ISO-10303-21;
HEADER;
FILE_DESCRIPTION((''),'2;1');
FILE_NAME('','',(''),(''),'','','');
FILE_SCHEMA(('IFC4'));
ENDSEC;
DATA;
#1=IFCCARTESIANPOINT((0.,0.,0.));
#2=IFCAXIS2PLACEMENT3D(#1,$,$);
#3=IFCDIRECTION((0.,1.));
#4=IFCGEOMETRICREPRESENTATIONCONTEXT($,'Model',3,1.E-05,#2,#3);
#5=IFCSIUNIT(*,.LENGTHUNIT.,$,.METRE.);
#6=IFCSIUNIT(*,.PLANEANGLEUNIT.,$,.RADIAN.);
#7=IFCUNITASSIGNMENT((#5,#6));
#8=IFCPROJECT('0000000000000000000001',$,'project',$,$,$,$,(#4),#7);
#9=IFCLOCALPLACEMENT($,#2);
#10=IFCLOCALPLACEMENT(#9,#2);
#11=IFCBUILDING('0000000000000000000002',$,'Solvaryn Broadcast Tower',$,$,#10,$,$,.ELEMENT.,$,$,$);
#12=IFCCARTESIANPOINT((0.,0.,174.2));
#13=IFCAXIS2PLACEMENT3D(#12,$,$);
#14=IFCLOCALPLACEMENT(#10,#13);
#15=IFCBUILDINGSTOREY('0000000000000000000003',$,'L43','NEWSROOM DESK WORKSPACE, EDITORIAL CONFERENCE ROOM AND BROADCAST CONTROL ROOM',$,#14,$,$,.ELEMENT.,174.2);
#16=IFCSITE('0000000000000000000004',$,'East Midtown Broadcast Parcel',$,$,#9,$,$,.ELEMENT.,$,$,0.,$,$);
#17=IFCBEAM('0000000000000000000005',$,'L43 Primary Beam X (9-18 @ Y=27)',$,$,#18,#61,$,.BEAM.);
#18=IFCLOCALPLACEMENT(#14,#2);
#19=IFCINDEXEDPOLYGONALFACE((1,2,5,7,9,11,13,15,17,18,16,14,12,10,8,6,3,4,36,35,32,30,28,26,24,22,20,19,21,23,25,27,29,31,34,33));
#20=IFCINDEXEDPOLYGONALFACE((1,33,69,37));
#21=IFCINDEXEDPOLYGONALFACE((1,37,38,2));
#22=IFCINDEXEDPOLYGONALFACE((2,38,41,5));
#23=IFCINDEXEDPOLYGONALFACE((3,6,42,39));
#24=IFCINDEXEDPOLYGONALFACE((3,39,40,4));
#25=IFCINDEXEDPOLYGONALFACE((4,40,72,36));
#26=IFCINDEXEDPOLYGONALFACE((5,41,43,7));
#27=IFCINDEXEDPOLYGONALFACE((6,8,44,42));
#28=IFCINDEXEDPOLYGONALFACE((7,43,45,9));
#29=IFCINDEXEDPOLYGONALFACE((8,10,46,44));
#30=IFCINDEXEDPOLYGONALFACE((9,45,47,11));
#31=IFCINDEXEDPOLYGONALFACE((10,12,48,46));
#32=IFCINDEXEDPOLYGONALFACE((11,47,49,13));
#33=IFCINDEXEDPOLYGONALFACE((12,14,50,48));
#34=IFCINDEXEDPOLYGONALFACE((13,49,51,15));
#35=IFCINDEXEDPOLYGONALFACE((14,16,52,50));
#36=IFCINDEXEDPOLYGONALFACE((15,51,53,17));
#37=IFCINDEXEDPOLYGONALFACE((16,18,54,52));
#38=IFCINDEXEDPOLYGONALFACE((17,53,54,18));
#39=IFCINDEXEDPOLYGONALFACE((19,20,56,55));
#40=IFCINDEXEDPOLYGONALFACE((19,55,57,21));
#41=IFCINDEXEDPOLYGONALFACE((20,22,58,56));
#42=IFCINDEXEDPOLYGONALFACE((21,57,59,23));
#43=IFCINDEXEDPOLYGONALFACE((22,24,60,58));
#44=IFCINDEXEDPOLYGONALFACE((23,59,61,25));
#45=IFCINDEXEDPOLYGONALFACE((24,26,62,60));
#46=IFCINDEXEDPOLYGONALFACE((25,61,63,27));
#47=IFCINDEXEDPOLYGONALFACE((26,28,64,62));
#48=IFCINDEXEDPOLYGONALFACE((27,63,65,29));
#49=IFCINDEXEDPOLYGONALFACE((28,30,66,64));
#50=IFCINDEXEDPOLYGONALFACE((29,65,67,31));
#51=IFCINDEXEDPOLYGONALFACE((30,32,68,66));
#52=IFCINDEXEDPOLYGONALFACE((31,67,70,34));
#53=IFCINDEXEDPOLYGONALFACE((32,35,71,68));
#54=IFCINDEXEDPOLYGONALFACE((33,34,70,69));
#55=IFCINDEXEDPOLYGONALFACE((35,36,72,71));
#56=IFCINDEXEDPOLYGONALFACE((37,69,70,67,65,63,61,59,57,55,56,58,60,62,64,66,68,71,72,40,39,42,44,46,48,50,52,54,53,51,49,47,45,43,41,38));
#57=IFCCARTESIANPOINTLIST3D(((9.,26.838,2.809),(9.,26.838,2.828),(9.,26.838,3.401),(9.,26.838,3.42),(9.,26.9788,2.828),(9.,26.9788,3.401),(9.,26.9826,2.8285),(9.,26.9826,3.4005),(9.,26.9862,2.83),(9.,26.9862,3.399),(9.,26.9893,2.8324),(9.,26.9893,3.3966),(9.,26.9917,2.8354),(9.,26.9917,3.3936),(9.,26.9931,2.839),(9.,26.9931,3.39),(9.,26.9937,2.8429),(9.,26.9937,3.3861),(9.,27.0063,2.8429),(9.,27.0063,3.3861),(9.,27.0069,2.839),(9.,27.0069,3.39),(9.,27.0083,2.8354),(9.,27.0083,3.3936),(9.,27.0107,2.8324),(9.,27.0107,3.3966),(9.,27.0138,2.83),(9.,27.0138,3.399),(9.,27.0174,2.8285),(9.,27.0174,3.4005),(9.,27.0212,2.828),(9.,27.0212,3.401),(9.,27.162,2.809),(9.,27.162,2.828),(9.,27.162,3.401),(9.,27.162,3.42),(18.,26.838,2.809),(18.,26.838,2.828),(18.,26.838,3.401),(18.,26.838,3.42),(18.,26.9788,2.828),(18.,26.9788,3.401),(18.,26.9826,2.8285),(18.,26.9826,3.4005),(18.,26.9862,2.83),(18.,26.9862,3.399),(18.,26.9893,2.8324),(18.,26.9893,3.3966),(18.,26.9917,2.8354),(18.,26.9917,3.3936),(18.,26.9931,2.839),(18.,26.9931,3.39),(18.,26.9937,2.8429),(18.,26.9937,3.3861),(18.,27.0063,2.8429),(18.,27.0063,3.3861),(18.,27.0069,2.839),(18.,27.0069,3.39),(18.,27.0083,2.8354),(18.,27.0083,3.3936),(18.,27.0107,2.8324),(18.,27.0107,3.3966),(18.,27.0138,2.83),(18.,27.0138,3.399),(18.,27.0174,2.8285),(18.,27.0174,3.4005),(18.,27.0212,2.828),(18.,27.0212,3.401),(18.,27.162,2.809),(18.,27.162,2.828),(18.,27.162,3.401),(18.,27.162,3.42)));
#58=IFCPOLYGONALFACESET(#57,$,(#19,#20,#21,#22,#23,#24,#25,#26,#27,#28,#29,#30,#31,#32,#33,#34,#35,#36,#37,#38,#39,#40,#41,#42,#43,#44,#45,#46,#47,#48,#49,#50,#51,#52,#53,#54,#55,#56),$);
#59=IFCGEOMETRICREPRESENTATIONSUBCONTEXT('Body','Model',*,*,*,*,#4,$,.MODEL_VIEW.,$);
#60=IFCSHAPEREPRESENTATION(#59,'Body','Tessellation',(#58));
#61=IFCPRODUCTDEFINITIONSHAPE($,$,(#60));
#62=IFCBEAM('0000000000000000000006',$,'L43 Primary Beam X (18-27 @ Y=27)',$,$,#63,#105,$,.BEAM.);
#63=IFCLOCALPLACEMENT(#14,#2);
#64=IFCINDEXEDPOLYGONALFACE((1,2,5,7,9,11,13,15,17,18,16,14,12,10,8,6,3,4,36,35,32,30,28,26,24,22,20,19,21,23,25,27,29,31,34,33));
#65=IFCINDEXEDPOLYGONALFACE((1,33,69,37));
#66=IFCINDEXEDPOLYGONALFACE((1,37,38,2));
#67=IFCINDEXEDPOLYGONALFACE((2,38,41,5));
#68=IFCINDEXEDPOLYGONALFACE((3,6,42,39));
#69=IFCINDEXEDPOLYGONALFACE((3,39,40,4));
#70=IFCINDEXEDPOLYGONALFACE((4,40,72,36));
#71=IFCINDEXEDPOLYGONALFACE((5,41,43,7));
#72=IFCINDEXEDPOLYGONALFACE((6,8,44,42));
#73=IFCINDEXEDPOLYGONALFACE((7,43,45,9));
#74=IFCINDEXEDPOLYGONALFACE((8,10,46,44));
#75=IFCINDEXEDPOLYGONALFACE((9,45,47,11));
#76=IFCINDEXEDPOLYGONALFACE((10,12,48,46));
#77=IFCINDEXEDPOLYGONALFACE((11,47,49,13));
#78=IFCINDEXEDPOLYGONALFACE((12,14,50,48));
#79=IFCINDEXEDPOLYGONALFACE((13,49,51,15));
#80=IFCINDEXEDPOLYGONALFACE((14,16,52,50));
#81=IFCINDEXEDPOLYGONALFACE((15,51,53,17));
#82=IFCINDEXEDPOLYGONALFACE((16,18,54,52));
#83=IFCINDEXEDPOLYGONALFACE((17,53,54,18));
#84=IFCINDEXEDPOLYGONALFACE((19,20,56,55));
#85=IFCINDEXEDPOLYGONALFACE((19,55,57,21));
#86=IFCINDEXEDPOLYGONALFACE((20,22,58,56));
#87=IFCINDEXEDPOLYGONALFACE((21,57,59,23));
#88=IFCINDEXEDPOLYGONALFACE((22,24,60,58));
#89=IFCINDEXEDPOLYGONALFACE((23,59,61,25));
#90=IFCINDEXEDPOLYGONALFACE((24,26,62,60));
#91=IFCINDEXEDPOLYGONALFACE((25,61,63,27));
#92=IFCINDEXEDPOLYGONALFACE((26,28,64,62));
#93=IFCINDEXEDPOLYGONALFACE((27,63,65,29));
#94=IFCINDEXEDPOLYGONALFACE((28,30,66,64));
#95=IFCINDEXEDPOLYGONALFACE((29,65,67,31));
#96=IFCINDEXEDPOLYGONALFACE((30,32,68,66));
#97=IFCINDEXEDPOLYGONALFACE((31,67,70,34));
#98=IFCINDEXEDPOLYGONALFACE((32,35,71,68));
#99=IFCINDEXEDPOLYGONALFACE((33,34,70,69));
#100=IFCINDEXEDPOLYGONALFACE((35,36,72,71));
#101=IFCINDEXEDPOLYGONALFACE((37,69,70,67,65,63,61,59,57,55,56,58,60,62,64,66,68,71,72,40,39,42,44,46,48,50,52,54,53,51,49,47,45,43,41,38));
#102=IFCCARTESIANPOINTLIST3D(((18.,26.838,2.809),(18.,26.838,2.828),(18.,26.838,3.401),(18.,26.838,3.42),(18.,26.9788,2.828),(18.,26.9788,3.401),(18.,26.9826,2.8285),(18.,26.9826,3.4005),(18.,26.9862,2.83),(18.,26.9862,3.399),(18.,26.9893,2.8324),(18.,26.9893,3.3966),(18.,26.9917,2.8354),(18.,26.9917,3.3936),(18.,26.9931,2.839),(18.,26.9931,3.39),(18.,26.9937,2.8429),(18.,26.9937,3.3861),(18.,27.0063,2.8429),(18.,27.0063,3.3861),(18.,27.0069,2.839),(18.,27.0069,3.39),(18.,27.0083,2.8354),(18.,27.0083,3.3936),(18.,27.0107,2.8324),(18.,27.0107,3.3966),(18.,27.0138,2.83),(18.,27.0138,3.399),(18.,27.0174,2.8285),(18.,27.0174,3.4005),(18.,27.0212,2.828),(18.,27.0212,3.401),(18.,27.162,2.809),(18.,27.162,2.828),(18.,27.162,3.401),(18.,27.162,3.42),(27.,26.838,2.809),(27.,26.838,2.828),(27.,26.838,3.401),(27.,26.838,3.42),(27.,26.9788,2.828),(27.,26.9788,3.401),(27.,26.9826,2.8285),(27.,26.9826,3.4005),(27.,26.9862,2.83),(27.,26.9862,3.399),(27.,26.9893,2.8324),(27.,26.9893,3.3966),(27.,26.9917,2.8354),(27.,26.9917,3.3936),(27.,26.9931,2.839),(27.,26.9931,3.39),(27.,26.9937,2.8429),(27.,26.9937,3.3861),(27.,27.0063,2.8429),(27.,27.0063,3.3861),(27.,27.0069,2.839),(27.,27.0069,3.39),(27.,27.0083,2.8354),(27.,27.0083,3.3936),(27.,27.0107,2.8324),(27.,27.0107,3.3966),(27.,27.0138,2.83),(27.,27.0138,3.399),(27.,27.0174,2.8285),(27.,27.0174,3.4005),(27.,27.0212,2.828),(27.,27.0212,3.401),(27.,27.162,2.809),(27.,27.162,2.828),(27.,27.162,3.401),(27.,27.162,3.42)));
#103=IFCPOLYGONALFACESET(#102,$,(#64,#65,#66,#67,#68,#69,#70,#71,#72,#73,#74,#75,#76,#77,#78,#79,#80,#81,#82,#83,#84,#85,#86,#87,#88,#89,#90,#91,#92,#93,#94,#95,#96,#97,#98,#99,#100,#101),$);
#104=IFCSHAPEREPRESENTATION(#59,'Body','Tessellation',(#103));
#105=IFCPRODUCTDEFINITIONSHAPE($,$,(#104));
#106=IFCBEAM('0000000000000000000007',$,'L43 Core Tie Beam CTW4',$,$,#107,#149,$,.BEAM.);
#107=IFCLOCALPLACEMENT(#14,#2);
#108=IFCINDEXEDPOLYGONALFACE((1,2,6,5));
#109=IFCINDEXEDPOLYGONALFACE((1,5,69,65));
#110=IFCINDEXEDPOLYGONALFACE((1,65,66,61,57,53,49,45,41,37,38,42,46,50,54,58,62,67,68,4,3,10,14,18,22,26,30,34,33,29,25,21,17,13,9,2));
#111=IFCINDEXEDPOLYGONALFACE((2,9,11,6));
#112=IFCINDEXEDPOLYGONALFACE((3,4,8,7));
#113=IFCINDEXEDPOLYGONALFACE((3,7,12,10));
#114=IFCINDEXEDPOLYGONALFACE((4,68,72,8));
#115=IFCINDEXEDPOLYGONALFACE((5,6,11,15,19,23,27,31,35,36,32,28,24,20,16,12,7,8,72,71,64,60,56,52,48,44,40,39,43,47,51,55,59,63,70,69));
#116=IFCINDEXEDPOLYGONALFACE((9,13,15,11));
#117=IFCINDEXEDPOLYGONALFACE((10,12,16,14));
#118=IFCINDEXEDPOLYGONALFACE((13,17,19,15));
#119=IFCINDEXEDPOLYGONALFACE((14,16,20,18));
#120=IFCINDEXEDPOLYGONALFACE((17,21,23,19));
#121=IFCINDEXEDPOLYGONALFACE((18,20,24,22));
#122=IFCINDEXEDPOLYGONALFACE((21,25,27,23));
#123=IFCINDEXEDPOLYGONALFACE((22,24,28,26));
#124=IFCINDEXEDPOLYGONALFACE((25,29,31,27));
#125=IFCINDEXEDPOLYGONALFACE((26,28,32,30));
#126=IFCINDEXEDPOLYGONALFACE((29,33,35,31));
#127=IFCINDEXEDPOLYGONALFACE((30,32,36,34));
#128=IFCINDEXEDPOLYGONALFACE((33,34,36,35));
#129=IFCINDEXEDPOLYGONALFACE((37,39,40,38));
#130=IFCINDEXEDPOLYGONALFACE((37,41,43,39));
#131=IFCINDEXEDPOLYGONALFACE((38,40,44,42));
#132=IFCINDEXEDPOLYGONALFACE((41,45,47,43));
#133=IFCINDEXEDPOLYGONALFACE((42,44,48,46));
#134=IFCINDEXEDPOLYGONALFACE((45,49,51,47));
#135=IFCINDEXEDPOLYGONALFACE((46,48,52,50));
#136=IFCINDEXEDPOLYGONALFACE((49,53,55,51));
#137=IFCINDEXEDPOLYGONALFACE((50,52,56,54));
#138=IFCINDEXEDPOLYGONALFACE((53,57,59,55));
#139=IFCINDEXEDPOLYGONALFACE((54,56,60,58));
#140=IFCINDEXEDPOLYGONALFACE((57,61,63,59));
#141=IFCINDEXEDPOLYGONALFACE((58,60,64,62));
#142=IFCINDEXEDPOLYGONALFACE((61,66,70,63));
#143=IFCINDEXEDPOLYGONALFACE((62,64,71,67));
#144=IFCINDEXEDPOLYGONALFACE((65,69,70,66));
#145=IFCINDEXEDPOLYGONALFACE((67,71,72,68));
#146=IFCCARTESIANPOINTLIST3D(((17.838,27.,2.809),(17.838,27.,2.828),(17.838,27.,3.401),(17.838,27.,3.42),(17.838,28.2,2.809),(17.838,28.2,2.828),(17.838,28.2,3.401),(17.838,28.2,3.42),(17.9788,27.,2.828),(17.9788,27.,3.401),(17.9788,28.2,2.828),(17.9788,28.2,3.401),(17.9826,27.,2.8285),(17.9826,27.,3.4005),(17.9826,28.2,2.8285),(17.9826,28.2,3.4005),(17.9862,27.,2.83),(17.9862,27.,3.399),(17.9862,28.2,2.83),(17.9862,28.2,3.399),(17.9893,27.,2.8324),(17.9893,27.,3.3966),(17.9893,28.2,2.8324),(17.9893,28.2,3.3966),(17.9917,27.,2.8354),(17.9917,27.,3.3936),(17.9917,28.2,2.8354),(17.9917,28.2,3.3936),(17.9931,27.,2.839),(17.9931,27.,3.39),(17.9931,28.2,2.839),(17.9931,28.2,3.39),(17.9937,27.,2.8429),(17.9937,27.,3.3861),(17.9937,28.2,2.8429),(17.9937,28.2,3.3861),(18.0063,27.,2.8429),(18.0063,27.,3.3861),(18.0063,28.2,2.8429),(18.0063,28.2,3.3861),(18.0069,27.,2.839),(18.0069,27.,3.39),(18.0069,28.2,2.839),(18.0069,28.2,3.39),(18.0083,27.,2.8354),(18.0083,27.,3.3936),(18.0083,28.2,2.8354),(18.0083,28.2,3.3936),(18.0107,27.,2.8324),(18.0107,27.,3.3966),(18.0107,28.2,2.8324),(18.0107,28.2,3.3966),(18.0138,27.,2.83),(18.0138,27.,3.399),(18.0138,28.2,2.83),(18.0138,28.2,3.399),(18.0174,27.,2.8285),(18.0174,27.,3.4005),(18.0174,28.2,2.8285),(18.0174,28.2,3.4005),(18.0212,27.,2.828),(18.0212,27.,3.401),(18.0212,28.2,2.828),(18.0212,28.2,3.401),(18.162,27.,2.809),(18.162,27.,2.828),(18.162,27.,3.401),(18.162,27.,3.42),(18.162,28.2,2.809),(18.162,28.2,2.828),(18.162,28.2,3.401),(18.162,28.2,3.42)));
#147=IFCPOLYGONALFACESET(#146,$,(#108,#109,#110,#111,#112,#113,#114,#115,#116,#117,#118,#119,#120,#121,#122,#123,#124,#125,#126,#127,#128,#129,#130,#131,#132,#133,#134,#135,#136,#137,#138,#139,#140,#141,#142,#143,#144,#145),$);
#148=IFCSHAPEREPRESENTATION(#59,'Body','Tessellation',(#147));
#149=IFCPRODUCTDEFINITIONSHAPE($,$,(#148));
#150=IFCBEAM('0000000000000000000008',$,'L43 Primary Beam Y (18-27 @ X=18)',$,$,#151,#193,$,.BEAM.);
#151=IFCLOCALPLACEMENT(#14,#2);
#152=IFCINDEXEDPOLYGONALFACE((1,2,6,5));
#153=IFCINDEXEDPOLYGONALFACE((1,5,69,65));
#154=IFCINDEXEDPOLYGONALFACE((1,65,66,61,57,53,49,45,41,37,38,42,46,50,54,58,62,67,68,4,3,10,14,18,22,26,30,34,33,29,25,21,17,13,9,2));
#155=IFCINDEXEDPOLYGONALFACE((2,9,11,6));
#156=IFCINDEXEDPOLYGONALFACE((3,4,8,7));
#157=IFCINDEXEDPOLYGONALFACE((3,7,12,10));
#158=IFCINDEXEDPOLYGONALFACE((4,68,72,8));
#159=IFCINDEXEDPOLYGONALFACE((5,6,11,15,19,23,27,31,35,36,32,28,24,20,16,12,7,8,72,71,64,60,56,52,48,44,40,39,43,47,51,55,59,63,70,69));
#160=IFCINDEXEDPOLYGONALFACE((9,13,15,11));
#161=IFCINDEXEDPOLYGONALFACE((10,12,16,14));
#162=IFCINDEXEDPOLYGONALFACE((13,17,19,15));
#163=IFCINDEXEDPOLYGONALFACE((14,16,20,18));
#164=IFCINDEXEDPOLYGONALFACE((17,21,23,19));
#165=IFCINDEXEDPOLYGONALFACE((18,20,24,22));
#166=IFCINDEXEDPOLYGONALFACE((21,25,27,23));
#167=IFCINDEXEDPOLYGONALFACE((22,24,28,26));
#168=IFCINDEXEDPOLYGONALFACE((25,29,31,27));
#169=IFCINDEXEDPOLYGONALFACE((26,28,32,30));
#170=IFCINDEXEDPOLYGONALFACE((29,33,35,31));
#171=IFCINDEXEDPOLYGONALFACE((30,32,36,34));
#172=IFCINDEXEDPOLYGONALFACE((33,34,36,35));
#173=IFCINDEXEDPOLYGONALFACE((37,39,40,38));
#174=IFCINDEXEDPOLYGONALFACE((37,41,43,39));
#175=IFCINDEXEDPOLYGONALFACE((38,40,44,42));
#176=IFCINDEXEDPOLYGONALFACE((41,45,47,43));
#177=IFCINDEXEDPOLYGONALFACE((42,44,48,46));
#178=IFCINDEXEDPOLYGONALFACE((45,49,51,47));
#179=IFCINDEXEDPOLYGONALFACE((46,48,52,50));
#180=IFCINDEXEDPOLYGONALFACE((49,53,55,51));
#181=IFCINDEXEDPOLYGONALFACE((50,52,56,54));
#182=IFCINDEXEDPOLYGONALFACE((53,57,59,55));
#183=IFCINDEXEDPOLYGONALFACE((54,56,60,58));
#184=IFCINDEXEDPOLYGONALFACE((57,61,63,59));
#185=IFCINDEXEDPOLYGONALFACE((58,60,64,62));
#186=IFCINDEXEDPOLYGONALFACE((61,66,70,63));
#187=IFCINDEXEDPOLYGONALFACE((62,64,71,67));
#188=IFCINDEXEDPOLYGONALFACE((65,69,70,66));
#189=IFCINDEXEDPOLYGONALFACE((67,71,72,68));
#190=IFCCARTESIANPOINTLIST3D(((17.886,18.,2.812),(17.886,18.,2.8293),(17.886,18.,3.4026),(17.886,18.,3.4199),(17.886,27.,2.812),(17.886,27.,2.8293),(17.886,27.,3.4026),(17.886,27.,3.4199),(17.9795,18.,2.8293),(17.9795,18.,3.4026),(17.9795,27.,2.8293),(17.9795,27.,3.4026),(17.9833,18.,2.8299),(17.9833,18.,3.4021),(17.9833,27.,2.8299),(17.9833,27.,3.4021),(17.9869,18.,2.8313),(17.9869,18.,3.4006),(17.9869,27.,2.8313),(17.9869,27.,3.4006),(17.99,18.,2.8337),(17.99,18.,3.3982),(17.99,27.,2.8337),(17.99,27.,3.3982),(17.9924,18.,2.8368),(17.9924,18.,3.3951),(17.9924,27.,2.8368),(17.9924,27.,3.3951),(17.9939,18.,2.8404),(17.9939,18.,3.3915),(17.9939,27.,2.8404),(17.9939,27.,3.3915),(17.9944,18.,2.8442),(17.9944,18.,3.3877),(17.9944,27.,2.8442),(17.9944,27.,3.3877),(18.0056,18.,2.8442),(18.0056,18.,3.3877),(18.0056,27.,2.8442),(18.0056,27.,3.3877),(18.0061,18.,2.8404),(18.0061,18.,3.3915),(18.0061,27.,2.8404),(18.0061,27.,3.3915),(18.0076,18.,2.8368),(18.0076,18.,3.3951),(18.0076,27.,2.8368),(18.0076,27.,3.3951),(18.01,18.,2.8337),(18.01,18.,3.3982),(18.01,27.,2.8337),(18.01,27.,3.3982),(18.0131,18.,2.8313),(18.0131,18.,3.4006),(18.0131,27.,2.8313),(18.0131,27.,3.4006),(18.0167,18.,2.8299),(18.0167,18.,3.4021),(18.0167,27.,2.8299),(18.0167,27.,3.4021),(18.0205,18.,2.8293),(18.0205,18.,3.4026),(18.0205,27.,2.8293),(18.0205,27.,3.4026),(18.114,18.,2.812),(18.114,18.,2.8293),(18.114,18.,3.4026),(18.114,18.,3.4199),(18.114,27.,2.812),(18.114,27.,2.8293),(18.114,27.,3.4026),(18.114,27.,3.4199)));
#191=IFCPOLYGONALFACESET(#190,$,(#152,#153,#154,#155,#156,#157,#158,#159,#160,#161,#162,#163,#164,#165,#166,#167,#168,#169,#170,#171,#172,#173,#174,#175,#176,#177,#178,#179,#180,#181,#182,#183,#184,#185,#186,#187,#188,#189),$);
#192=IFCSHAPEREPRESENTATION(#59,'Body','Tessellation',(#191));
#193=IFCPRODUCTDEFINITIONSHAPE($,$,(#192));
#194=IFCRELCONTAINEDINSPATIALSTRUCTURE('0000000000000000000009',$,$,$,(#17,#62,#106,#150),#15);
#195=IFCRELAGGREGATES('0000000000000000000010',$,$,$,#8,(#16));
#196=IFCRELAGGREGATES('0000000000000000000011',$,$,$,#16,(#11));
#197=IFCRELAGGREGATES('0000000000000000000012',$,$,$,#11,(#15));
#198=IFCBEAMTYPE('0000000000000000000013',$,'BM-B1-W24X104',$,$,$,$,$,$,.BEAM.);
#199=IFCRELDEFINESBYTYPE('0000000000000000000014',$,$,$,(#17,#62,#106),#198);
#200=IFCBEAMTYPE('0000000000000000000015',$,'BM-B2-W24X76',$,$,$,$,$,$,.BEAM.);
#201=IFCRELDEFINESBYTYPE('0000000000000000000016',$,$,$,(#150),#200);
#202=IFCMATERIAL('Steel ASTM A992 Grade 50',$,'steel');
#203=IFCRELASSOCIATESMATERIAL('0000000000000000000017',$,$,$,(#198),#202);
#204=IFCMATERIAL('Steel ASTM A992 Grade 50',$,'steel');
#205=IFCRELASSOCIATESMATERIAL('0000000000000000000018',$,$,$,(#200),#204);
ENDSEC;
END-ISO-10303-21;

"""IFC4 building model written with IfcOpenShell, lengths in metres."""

from ifc_helpers import new_model, si_unit, direction, frame, origin, origin_2d, place, context, subcontext, project, spatial, i_section, extrude, material, material_profile, profile_set, type_object, element, save


model = new_model("IFC4")

# Units and contexts
model_context = context("Model", 3, precision=1e-05, world=origin(), true_north=direction((0.0, 1.0)))
body_context = subcontext(model_context, "Body", "Model", "MODEL_VIEW")
ifc_project = project(units=[si_unit("LENGTHUNIT", "METRE"), si_unit("PLANEANGLEUNIT", "RADIAN")], contexts=[model_context])

# Site, building, storey
site_placement = place(None, origin())
site = spatial("IfcSite", under=ifc_project, at=site_placement, Name="East Midtown Broadcast Parcel", CompositionType="ELEMENT", RefElevation=0.0)
building_placement = place(site_placement, origin())
building = spatial("IfcBuilding", under=site, at=building_placement, Name="Solvaryn Broadcast Tower", CompositionType="ELEMENT")
storey_placement = place(building_placement, frame((0.0, 0.0, 174.2)))
storey = spatial("IfcBuildingStorey", under=building, at=storey_placement, Name="L43", Description="NEWSROOM DESK WORKSPACE, EDITORIAL CONFERENCE ROOM AND BROADCAST CONTROL ROOM", CompositionType="ELEMENT", Elevation=174.2)

# Beams
ifc_material_1 = material(Name="Steel ASTM A992 Grade 50", Category="steel")
ifc_material_profile_1 = material_profile(ifc_material_1, i_section(OverallWidth=0.324, OverallDepth=0.6111, WebThickness=0.0127, FlangeThickness=0.019, FilletRadius=0.0149, at=origin_2d()))
ifc_profile_set_1 = profile_set([ifc_material_profile_1], Name="Steel ASTM A992 Grade 50")
beam_type_1 = type_object("IfcBeamType", Name="BM-B1-W24X104", PredefinedType="BEAM", material=ifc_profile_set_1)
for number, where, z_axis, x_axis, name in (
    (1, (9.0, 27.0, 3.1145), (1.0, 0.0, 0.0), (0.0, 1.0, 0.0), "L43 Primary Beam X (9-18 @ Y=27)"),
    (2, (18.0, 27.0, 3.1145), (1.0, 0.0, 0.0), (0.0, 1.0, 0.0), "L43 Primary Beam X (18-27 @ Y=27)"),
):
    element("IfcBeam", number, at=place(storey_placement, frame(where, z_axis=z_axis, x_axis=x_axis)), inside=storey, type_object=beam_type_1, Name=name, PredefinedType="BEAM", context=body_context, shape_type="SweptSolid", body=[
        extrude(i_section(OverallWidth=0.324, OverallDepth=0.6111, WebThickness=0.0127, FlangeThickness=0.019, FilletRadius=0.0149, at=origin_2d()), origin(), (0.0, 0.0, 1.0), 9.0),
    ])
beam_1_placement = place(storey_placement, frame((18.0, 27.0, 3.1145), z_axis=(0.0, 1.0, 0.0), x_axis=(-1.0, 0.0, 0.0)))
element("IfcBeam", 3, at=beam_1_placement, inside=storey, type_object=beam_type_1, Name="L43 Core Tie Beam CTW4", PredefinedType="BEAM", context=body_context, shape_type="SweptSolid", body=[
    extrude(i_section(OverallWidth=0.324, OverallDepth=0.6111, WebThickness=0.0127, FlangeThickness=0.019, FilletRadius=0.0149, at=origin_2d()), origin(), (0.0, 0.0, 1.0), 1.2),
])
ifc_material_2 = material(Name="Steel ASTM A992 Grade 50", Category="steel")
ifc_material_profile_2 = material_profile(ifc_material_2, i_section(OverallWidth=0.228, OverallDepth=0.6079, WebThickness=0.0112, FlangeThickness=0.0173, FilletRadius=0.0149, at=origin_2d()))
ifc_profile_set_2 = profile_set([ifc_material_profile_2], Name="Steel ASTM A992 Grade 50")
beam_type_2 = type_object("IfcBeamType", Name="BM-B2-W24X76", PredefinedType="BEAM", material=ifc_profile_set_2)
beam_2_placement = place(storey_placement, frame((18.0, 18.0, 3.116), z_axis=(0.0, 1.0, 0.0), x_axis=(-1.0, 0.0, 0.0)))
element("IfcBeam", 4, at=beam_2_placement, inside=storey, type_object=beam_type_2, Name="L43 Primary Beam Y (18-27 @ X=18)", PredefinedType="BEAM", context=body_context, shape_type="SweptSolid", body=[
    extrude(i_section(OverallWidth=0.228, OverallDepth=0.6079, WebThickness=0.0112, FlangeThickness=0.0173, FilletRadius=0.0149, at=origin_2d()), origin(), (0.0, 0.0, 1.0), 9.0),
])

save(model, "model.ifc")
